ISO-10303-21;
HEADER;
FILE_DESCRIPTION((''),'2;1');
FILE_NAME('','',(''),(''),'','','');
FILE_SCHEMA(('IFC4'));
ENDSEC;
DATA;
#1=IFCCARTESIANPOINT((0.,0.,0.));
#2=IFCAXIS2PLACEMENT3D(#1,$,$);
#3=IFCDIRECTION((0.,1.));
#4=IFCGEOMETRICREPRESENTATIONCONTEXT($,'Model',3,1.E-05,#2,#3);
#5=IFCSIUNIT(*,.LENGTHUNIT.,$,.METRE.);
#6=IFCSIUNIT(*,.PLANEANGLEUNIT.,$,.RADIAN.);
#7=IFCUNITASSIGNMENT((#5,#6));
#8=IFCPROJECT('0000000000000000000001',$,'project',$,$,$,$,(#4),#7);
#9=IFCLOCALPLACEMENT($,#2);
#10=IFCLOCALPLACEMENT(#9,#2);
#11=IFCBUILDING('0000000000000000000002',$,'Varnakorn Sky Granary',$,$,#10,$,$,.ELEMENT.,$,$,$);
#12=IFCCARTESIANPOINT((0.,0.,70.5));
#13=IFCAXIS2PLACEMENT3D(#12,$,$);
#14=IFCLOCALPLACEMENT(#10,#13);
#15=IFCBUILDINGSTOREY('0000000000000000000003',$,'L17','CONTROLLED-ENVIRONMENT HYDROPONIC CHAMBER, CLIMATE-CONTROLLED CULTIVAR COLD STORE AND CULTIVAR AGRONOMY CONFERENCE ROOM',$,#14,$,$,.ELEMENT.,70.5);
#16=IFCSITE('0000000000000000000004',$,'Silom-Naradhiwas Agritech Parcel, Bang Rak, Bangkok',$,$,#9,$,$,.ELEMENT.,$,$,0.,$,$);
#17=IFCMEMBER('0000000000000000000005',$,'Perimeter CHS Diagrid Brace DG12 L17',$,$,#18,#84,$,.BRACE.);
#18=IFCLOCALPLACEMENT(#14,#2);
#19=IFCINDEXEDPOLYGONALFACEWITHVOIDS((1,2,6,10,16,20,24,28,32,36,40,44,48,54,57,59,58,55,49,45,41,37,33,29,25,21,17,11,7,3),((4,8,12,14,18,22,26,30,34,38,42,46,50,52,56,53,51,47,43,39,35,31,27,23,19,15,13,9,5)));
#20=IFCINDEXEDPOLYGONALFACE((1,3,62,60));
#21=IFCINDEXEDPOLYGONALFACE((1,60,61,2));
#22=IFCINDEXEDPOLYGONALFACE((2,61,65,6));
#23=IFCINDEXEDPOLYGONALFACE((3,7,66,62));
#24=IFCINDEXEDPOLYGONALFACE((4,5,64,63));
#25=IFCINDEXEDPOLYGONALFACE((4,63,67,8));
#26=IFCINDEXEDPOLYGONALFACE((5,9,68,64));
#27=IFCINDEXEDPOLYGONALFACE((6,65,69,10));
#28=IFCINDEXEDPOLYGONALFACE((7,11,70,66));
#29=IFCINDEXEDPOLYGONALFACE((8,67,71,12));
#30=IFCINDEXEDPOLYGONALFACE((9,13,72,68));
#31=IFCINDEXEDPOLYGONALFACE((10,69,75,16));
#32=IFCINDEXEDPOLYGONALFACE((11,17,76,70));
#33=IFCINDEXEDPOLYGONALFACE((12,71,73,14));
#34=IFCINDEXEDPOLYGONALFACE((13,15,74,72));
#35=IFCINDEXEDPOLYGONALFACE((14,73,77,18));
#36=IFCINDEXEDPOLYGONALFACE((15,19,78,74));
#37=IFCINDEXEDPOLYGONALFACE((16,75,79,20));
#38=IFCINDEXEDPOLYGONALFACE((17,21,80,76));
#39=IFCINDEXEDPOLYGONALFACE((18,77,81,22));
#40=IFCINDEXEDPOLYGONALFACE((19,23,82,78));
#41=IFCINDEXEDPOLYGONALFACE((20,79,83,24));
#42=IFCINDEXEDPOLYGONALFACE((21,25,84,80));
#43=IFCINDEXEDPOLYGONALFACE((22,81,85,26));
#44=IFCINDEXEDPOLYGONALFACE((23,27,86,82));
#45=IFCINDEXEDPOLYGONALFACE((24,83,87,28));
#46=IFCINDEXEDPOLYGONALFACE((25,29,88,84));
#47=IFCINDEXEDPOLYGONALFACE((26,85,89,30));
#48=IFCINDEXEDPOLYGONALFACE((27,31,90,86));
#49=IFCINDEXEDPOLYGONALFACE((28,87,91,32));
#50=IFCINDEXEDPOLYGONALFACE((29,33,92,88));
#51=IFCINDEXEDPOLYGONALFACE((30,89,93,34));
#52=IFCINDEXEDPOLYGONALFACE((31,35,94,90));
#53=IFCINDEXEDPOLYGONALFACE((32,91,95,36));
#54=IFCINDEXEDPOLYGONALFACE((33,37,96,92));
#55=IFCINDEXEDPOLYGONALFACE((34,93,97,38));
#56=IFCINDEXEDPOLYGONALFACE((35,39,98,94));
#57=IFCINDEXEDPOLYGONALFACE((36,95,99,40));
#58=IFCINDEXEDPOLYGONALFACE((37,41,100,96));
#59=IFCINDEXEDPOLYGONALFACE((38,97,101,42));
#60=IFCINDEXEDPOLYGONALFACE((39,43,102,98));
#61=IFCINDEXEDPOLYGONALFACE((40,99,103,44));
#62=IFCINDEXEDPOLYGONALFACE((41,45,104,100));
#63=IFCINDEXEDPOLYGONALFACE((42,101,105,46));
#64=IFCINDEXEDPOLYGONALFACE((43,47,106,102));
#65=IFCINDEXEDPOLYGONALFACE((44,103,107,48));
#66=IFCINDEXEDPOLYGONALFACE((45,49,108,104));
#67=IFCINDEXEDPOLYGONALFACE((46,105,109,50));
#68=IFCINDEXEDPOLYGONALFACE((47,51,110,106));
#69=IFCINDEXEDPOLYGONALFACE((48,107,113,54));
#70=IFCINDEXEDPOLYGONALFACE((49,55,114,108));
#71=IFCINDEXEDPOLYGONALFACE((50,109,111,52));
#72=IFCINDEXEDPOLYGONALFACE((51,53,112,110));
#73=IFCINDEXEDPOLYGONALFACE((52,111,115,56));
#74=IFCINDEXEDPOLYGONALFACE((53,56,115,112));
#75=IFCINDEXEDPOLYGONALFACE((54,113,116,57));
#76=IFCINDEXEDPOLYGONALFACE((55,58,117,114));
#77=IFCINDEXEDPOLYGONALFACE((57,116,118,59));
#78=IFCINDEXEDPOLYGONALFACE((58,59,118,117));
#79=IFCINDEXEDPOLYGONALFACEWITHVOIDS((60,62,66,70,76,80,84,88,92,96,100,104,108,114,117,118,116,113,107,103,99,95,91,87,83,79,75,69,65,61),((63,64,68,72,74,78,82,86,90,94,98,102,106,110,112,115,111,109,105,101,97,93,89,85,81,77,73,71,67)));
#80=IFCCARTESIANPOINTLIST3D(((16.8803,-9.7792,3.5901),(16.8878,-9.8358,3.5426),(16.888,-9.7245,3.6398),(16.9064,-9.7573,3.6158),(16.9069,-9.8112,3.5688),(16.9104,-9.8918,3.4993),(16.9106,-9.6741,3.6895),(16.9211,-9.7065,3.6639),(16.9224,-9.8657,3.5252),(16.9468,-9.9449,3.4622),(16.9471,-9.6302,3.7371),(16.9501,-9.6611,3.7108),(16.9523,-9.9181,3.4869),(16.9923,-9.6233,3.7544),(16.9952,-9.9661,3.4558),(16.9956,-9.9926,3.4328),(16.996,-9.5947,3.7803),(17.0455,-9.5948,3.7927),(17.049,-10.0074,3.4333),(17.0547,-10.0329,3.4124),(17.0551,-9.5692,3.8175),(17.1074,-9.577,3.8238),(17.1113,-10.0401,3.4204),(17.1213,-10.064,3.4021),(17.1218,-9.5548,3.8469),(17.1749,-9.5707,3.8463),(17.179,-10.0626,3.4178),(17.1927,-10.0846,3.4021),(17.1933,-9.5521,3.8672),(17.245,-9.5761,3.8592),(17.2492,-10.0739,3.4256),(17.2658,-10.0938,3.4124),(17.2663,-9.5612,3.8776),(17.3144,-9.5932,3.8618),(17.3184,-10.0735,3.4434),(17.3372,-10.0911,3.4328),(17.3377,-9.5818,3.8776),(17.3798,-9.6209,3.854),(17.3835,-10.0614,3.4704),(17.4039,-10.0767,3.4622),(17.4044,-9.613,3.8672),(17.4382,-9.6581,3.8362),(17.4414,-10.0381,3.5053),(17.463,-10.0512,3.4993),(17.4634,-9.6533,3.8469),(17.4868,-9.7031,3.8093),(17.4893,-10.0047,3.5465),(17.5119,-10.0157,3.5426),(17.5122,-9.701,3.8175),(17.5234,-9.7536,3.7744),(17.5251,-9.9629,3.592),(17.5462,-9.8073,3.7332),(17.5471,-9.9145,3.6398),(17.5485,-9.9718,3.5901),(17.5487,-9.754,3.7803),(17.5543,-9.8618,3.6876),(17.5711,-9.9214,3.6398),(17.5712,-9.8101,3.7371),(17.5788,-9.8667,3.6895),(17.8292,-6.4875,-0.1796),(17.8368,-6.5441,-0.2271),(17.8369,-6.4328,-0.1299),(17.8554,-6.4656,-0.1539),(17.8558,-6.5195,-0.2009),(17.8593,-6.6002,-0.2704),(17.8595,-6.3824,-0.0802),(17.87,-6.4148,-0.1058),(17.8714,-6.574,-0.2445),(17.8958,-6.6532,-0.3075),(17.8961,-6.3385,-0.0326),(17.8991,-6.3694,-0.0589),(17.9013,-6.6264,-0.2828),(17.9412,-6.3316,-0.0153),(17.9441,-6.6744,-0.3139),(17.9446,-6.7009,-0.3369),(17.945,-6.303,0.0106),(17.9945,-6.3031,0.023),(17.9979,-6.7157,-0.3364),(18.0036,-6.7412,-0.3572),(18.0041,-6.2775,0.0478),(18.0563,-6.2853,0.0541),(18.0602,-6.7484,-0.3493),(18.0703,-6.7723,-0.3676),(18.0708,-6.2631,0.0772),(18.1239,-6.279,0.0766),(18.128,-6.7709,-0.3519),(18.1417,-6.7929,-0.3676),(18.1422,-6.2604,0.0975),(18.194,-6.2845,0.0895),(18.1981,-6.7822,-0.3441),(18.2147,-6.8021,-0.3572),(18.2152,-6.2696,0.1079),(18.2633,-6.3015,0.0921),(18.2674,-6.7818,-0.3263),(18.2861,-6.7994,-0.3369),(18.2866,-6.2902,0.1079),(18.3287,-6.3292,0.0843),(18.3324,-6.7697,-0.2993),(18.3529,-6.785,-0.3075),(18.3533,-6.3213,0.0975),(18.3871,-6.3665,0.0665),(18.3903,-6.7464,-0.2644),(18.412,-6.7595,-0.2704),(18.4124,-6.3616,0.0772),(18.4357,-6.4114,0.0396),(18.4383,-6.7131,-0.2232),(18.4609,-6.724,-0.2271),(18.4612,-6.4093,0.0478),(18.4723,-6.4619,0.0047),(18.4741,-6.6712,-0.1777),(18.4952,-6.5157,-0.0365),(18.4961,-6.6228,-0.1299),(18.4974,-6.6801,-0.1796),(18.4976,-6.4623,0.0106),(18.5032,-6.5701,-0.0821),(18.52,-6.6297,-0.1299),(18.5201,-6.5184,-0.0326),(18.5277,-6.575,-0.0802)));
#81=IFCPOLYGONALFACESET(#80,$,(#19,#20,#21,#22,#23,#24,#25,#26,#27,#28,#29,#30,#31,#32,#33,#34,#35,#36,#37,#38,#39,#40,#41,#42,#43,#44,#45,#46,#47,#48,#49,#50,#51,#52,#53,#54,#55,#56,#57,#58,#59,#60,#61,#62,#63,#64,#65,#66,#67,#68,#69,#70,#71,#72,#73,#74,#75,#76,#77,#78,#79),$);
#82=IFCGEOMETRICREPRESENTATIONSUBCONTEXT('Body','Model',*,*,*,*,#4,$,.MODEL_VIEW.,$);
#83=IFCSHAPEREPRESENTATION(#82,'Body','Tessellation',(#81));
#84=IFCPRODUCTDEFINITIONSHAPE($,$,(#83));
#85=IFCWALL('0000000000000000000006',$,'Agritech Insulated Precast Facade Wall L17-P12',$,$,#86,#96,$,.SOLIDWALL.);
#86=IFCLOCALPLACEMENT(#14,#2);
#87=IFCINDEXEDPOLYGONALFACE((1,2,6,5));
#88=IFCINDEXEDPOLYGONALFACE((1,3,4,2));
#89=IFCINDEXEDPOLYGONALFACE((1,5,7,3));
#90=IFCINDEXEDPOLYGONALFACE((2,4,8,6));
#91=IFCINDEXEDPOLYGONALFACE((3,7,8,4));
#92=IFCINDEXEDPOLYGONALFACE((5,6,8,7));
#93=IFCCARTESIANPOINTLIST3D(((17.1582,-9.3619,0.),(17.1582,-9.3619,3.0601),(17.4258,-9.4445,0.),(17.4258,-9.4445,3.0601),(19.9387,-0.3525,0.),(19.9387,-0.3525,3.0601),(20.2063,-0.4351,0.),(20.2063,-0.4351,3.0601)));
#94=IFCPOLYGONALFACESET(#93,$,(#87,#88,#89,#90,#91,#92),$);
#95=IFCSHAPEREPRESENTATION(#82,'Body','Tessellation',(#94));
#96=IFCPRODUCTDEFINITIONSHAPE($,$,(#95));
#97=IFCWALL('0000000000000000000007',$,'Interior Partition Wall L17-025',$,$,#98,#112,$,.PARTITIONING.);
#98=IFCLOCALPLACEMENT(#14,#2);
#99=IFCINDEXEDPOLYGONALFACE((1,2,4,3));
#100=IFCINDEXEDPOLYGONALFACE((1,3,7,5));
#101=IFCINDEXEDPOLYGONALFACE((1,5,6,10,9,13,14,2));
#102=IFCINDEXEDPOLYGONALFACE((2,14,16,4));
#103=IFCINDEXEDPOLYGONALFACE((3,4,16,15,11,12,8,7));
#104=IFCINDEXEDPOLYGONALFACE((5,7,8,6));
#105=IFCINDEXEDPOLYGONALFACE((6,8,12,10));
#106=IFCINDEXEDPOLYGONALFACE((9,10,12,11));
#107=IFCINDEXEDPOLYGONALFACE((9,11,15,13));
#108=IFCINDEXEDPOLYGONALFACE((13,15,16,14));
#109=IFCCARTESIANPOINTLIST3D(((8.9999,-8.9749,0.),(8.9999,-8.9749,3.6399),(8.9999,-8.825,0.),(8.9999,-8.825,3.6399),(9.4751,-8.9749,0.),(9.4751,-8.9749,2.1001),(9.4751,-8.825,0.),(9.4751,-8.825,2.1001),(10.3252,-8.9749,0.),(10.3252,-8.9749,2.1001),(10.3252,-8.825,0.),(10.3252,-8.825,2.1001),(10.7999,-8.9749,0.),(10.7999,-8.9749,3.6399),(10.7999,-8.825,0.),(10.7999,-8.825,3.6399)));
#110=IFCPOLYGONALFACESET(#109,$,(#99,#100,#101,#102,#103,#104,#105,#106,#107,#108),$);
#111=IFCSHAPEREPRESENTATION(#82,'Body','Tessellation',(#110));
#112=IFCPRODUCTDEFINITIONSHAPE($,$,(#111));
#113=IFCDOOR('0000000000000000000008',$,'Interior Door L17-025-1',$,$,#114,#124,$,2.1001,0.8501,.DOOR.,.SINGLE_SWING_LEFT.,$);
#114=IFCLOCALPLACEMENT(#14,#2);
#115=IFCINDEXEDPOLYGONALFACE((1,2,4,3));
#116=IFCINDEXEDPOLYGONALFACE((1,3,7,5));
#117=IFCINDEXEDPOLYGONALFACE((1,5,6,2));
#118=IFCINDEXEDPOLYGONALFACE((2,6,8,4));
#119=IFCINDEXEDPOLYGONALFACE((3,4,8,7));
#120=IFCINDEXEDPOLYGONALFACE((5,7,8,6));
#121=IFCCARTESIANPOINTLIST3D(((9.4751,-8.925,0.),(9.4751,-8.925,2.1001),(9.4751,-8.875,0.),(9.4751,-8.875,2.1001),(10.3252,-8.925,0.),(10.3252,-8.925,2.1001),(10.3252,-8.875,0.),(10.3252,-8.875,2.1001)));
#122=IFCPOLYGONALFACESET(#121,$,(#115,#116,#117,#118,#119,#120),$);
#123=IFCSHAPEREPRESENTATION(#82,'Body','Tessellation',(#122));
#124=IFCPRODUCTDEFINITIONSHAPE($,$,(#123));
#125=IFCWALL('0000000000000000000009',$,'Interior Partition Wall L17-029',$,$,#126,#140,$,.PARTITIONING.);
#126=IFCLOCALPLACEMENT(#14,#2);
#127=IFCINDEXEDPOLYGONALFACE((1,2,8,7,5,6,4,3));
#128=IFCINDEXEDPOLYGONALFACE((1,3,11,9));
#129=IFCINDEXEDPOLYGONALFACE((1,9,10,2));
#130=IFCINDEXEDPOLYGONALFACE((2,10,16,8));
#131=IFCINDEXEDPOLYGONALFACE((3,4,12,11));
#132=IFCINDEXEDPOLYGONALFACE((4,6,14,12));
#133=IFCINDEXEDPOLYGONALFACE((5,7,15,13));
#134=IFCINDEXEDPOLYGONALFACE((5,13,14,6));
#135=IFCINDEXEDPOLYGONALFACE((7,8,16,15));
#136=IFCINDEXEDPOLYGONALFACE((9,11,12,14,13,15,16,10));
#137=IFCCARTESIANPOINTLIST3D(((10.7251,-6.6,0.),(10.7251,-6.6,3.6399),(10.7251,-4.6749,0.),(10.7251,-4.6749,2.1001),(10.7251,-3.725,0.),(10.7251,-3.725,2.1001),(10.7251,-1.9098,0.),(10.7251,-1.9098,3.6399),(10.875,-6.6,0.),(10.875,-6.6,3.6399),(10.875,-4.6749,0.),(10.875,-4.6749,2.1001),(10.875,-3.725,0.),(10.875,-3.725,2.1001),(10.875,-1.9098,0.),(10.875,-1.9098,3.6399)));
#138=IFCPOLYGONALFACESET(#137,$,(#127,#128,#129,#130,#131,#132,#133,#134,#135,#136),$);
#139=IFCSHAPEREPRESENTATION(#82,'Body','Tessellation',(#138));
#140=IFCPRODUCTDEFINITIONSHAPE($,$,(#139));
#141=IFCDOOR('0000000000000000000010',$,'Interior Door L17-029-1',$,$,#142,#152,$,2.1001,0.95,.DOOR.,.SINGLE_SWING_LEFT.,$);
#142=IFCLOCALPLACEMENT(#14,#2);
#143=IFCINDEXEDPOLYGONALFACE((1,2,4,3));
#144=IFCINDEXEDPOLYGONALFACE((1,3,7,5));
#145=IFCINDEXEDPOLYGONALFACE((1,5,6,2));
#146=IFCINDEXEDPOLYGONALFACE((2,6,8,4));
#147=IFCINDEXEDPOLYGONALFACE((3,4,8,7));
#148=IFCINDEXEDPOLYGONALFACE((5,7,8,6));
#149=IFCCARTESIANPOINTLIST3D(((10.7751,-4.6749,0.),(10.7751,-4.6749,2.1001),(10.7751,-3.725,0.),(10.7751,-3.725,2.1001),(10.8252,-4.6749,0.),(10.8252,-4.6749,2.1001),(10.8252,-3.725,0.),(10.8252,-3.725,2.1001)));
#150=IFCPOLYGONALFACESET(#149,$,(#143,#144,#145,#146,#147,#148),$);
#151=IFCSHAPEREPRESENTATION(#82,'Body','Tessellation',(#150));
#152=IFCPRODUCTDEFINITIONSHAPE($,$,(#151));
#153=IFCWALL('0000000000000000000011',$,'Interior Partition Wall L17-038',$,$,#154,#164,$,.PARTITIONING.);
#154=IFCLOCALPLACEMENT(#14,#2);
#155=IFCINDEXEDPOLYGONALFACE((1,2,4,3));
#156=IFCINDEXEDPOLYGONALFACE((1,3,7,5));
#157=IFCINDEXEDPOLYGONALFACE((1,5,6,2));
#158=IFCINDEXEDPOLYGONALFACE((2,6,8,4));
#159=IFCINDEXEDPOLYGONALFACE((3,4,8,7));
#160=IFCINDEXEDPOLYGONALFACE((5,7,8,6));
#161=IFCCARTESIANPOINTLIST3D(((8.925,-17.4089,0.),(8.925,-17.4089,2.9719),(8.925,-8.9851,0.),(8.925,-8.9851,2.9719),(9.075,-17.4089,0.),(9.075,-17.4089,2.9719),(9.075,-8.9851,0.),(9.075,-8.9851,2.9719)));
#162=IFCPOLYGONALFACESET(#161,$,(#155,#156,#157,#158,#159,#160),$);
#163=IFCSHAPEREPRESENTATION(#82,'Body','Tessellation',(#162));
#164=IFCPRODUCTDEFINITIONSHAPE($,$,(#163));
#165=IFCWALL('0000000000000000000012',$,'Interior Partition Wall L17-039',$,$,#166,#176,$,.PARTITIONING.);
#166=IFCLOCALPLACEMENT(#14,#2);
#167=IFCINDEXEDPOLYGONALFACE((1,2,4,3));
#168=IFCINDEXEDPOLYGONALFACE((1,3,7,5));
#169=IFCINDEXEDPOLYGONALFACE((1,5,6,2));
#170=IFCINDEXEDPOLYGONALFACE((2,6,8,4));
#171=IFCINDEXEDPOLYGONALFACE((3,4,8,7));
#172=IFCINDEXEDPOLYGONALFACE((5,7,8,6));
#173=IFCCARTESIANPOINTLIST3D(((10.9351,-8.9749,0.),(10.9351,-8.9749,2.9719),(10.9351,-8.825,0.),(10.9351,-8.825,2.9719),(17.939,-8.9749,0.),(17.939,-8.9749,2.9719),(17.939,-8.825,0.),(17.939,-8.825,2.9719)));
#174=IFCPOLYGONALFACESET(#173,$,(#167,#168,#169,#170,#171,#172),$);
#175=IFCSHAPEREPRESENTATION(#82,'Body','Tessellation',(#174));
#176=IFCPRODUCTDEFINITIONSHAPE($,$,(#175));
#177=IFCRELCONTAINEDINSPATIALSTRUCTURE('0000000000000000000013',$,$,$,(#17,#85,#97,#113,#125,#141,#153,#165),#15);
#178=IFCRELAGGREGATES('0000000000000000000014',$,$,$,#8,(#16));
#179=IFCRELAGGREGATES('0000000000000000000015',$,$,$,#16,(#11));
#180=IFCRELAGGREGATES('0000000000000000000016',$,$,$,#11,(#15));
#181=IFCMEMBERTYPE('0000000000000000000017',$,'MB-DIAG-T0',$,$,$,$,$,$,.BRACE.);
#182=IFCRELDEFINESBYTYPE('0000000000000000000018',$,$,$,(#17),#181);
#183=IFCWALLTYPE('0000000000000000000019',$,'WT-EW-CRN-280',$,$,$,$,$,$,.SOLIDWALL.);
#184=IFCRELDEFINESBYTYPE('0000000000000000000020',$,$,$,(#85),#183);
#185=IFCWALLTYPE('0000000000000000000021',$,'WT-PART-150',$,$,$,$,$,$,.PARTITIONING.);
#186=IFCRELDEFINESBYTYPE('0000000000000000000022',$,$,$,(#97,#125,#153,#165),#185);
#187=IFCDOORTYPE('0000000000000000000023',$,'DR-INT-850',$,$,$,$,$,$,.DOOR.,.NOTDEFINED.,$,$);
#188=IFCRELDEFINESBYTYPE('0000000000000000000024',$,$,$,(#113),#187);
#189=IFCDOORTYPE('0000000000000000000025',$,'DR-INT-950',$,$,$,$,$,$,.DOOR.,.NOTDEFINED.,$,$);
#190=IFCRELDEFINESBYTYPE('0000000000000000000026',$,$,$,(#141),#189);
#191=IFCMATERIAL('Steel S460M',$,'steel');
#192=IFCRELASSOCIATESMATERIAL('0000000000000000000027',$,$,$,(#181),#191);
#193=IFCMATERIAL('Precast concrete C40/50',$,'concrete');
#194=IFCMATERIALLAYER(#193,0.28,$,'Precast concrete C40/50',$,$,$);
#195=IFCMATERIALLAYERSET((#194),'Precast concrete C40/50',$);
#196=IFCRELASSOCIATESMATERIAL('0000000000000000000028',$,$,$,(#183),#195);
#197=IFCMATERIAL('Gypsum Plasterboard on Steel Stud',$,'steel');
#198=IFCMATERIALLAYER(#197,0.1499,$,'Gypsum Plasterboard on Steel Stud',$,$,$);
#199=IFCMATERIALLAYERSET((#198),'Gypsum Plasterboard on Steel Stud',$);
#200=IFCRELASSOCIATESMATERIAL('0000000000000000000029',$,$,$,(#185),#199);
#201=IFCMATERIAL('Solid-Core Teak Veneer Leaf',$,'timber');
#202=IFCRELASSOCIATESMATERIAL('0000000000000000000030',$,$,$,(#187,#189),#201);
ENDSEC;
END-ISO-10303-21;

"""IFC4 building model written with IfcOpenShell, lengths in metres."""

from ifc_helpers import new_model, si_unit, direction, frame, frame_2d, origin, origin_2d, place, context, subcontext, project, spatial, rectangle, hollow_circle, extrude, material, layer, layer_set, material_profile, profile_set, type_object, element, fill, save


model = new_model("IFC4")

# Units and contexts
model_context = context("Model", 3, precision=1e-05, world=origin(), true_north=direction((0.0, 1.0)))
body_context = subcontext(model_context, "Body", "Model", "MODEL_VIEW")
ifc_project = project(units=[si_unit("LENGTHUNIT", "METRE"), si_unit("PLANEANGLEUNIT", "RADIAN")], contexts=[model_context])

# Site, building, storey
site_placement = place(None, origin())
site = spatial("IfcSite", under=ifc_project, at=site_placement, Name="Silom-Naradhiwas Agritech Parcel, Bang Rak, Bangkok", CompositionType="ELEMENT", RefElevation=0.0)
building_placement = place(site_placement, origin())
building = spatial("IfcBuilding", under=site, at=building_placement, Name="Varnakorn Sky Granary", CompositionType="ELEMENT")
storey_placement = place(building_placement, frame((0.0, 0.0, 70.5)))
storey = spatial("IfcBuildingStorey", under=building, at=storey_placement, Name="L17", Description="CONTROLLED-ENVIRONMENT HYDROPONIC CHAMBER, CLIMATE-CONTROLLED CULTIVAR COLD STORE AND CULTIVAR AGRONOMY CONFERENCE ROOM", CompositionType="ELEMENT", Elevation=70.5)

# Shared definitions
ifc_material_1 = material(Name="Steel S460M", Category="steel")

# Member
ifc_material_profile_1 = material_profile(ifc_material_1, hollow_circle(Radius=0.3555, WallThickness=0.0249, at=origin_2d()), Name="CHS 711x25")
ifc_profile_set_1 = profile_set([ifc_material_profile_1], Name="Steel S460M")
member_type_1 = type_object("IfcMemberType", Name="MB-DIAG-T0", PredefinedType="BRACE", material=ifc_profile_set_1)
member_1_placement = place(storey_placement, frame((18.1785, -6.5312, -0.1299), z_axis=(-0.186298, -0.646219, 0.740063), x_axis=(0.960868, -0.277008, 0.0)))
element("IfcMember", 1, at=member_1_placement, inside=storey, type_object=member_type_1, Name="Perimeter CHS Diagrid Brace DG12 L17", PredefinedType="BRACE", context=body_context, shape_type="SweptSolid", body=[
    extrude(hollow_circle(Radius=0.3555, WallThickness=0.0249, at=origin_2d()), origin(), (0.0, 0.0, 1.0), 5.0938),
])

# Wall
ifc_material_2 = material(Name="Precast concrete C40/50", Category="concrete")
ifc_layer_1 = layer(ifc_material_2, 0.28, Name="Precast concrete C40/50")
ifc_layer_set_1 = layer_set([ifc_layer_1], Name="Precast concrete C40/50")
wall_type_1 = type_object("IfcWallType", Name="WT-EW-CRN-280", PredefinedType="SOLIDWALL", material=ifc_layer_set_1)
wall_1_placement = place(storey_placement, frame((20.0725, -0.3938, 0.0), z_axis=(0.0, 0.0, 1.0), x_axis=(-0.294895, -0.95553, 0.0)))
element("IfcWall", 2, at=wall_1_placement, inside=storey, type_object=wall_type_1, Name="Agritech Insulated Precast Facade Wall L17-P12", PredefinedType="SOLIDWALL", context=body_context, shape_type="SweptSolid", body=[
    extrude(rectangle(XDim=9.4287, YDim=0.28, at=frame_2d((4.7144, 0.0))), origin(), (0.0, 0.0, 1.0), 3.0601),
])

# Walls, openings, doors
ifc_material_3 = material(Name="Gypsum Plasterboard on Steel Stud", Category="steel")
ifc_layer_2 = layer(ifc_material_3, 0.1499, Name="Gypsum Plasterboard on Steel Stud")
ifc_layer_set_2 = layer_set([ifc_layer_2], Name="Gypsum Plasterboard on Steel Stud")
wall_type_2 = type_object("IfcWallType", Name="WT-PART-150", PredefinedType="PARTITIONING", material=ifc_layer_set_2)
wall_2_placement = place(storey_placement, frame((9.0, -8.8999, 0.0), z_axis=(0.0, 0.0, 1.0), x_axis=(1.0, 0.0, 0.0)))
wall_2 = element("IfcWall", 3, at=wall_2_placement, inside=storey, type_object=wall_type_2, Name="Interior Partition Wall L17-025", PredefinedType="PARTITIONING", context=body_context, shape_type="SweptSolid", body=[
    extrude(rectangle(XDim=1.8, YDim=0.1499, at=frame_2d((0.8999, 0.0))), origin(), (0.0, 0.0, 1.0), 3.6399),
])
opening_1_placement = place(wall_2_placement, frame((0.4751, 0.0, 0.0)))
opening_1 = element("IfcOpeningElement", 4, at=opening_1_placement, cuts=wall_2, PredefinedType="OPENING", context=body_context, shape_type="SweptSolid", body=[
    extrude(rectangle(XDim=0.8501, YDim=2.1001, at=frame_2d((0.425, 1.05))), frame((0.0, 0.085, 0.0), z_axis=(0.0, -1.0, 0.0), x_axis=(1.0, 0.0, 0.0)), (0.0, 0.0, 1.0), 0.1699),
])
ifc_material_4 = material(Name="Solid-Core Teak Veneer Leaf", Category="timber")
door_type_1 = type_object("IfcDoorType", Name="DR-INT-850", OperationType="NOTDEFINED", PredefinedType="DOOR", material=ifc_material_4)
door_1_placement = place(opening_1_placement, origin())
door_1 = element("IfcDoor", 5, at=door_1_placement, inside=storey, type_object=door_type_1, Name="Interior Door L17-025-1", OperationType="SINGLE_SWING_LEFT", OverallHeight=2.1001, OverallWidth=0.8501, PredefinedType="DOOR", context=body_context, shape_type="SweptSolid", body=[
    extrude(rectangle(XDim=0.8501, YDim=2.1001, at=frame_2d((0.425, 1.05))), frame((0.0, 0.0249, 0.0), z_axis=(0.0, -1.0, 0.0), x_axis=(1.0, 0.0, 0.0)), (0.0, 0.0, 1.0), 0.05),
])
fill(opening_1, door_1)
wall_3_placement = place(storey_placement, frame((10.8, -6.6001, 0.0), z_axis=(0.0, 0.0, 1.0), x_axis=(0.0, 1.0, 0.0)))
wall_3 = element("IfcWall", 6, at=wall_3_placement, inside=storey, type_object=wall_type_2, Name="Interior Partition Wall L17-029", PredefinedType="PARTITIONING", context=body_context, shape_type="SweptSolid", body=[
    extrude(rectangle(XDim=4.6902, YDim=0.1499, at=frame_2d((2.3452, 0.0))), origin(), (0.0, 0.0, 1.0), 3.6399),
])
opening_2_placement = place(wall_3_placement, frame((1.925, 0.0, 0.0)))
opening_2 = element("IfcOpeningElement", 7, at=opening_2_placement, cuts=wall_3, PredefinedType="OPENING", context=body_context, shape_type="SweptSolid", body=[
    extrude(rectangle(XDim=0.95, YDim=2.1001, at=frame_2d((0.4751, 1.05))), frame((0.0, 0.085, 0.0), z_axis=(0.0, -1.0, 0.0), x_axis=(1.0, 0.0, 0.0)), (0.0, 0.0, 1.0), 0.1699),
])
door_type_2 = type_object("IfcDoorType", Name="DR-INT-950", OperationType="NOTDEFINED", PredefinedType="DOOR", material=ifc_material_4)
door_2_placement = place(opening_2_placement, origin())
door_2 = element("IfcDoor", 8, at=door_2_placement, inside=storey, type_object=door_type_2, Name="Interior Door L17-029-1", OperationType="SINGLE_SWING_LEFT", OverallHeight=2.1001, OverallWidth=0.95, PredefinedType="DOOR", context=body_context, shape_type="SweptSolid", body=[
    extrude(rectangle(XDim=0.95, YDim=2.1001, at=frame_2d((0.4751, 1.05))), frame((0.0, 0.0249, 0.0), z_axis=(0.0, -1.0, 0.0), x_axis=(1.0, 0.0, 0.0)), (0.0, 0.0, 1.0), 0.05),
])
fill(opening_2, door_2)

# Walls
wall_4_placement = place(storey_placement, frame((9.0, -8.9851, 0.0), z_axis=(0.0, 0.0, 1.0), x_axis=(0.0, -1.0, 0.0)))
element("IfcWall", 9, at=wall_4_placement, inside=storey, type_object=wall_type_2, Name="Interior Partition Wall L17-038", PredefinedType="PARTITIONING", context=body_context, shape_type="SweptSolid", body=[
    extrude(rectangle(XDim=8.4238, YDim=0.1499, at=frame_2d((4.2119, 0.0))), origin(), (0.0, 0.0, 1.0), 2.9719),
])
wall_5_placement = place(storey_placement, frame((10.9351, -8.8999, 0.0), z_axis=(0.0, 0.0, 1.0), x_axis=(1.0, 0.0, 0.0)))
element("IfcWall", 10, at=wall_5_placement, inside=storey, type_object=wall_type_2, Name="Interior Partition Wall L17-039", PredefinedType="PARTITIONING", context=body_context, shape_type="SweptSolid", body=[
    extrude(rectangle(XDim=7.0039, YDim=0.1499, at=frame_2d((3.502, 0.0))), origin(), (0.0, 0.0, 1.0), 2.9719),
])

save(model, "model.ifc")
